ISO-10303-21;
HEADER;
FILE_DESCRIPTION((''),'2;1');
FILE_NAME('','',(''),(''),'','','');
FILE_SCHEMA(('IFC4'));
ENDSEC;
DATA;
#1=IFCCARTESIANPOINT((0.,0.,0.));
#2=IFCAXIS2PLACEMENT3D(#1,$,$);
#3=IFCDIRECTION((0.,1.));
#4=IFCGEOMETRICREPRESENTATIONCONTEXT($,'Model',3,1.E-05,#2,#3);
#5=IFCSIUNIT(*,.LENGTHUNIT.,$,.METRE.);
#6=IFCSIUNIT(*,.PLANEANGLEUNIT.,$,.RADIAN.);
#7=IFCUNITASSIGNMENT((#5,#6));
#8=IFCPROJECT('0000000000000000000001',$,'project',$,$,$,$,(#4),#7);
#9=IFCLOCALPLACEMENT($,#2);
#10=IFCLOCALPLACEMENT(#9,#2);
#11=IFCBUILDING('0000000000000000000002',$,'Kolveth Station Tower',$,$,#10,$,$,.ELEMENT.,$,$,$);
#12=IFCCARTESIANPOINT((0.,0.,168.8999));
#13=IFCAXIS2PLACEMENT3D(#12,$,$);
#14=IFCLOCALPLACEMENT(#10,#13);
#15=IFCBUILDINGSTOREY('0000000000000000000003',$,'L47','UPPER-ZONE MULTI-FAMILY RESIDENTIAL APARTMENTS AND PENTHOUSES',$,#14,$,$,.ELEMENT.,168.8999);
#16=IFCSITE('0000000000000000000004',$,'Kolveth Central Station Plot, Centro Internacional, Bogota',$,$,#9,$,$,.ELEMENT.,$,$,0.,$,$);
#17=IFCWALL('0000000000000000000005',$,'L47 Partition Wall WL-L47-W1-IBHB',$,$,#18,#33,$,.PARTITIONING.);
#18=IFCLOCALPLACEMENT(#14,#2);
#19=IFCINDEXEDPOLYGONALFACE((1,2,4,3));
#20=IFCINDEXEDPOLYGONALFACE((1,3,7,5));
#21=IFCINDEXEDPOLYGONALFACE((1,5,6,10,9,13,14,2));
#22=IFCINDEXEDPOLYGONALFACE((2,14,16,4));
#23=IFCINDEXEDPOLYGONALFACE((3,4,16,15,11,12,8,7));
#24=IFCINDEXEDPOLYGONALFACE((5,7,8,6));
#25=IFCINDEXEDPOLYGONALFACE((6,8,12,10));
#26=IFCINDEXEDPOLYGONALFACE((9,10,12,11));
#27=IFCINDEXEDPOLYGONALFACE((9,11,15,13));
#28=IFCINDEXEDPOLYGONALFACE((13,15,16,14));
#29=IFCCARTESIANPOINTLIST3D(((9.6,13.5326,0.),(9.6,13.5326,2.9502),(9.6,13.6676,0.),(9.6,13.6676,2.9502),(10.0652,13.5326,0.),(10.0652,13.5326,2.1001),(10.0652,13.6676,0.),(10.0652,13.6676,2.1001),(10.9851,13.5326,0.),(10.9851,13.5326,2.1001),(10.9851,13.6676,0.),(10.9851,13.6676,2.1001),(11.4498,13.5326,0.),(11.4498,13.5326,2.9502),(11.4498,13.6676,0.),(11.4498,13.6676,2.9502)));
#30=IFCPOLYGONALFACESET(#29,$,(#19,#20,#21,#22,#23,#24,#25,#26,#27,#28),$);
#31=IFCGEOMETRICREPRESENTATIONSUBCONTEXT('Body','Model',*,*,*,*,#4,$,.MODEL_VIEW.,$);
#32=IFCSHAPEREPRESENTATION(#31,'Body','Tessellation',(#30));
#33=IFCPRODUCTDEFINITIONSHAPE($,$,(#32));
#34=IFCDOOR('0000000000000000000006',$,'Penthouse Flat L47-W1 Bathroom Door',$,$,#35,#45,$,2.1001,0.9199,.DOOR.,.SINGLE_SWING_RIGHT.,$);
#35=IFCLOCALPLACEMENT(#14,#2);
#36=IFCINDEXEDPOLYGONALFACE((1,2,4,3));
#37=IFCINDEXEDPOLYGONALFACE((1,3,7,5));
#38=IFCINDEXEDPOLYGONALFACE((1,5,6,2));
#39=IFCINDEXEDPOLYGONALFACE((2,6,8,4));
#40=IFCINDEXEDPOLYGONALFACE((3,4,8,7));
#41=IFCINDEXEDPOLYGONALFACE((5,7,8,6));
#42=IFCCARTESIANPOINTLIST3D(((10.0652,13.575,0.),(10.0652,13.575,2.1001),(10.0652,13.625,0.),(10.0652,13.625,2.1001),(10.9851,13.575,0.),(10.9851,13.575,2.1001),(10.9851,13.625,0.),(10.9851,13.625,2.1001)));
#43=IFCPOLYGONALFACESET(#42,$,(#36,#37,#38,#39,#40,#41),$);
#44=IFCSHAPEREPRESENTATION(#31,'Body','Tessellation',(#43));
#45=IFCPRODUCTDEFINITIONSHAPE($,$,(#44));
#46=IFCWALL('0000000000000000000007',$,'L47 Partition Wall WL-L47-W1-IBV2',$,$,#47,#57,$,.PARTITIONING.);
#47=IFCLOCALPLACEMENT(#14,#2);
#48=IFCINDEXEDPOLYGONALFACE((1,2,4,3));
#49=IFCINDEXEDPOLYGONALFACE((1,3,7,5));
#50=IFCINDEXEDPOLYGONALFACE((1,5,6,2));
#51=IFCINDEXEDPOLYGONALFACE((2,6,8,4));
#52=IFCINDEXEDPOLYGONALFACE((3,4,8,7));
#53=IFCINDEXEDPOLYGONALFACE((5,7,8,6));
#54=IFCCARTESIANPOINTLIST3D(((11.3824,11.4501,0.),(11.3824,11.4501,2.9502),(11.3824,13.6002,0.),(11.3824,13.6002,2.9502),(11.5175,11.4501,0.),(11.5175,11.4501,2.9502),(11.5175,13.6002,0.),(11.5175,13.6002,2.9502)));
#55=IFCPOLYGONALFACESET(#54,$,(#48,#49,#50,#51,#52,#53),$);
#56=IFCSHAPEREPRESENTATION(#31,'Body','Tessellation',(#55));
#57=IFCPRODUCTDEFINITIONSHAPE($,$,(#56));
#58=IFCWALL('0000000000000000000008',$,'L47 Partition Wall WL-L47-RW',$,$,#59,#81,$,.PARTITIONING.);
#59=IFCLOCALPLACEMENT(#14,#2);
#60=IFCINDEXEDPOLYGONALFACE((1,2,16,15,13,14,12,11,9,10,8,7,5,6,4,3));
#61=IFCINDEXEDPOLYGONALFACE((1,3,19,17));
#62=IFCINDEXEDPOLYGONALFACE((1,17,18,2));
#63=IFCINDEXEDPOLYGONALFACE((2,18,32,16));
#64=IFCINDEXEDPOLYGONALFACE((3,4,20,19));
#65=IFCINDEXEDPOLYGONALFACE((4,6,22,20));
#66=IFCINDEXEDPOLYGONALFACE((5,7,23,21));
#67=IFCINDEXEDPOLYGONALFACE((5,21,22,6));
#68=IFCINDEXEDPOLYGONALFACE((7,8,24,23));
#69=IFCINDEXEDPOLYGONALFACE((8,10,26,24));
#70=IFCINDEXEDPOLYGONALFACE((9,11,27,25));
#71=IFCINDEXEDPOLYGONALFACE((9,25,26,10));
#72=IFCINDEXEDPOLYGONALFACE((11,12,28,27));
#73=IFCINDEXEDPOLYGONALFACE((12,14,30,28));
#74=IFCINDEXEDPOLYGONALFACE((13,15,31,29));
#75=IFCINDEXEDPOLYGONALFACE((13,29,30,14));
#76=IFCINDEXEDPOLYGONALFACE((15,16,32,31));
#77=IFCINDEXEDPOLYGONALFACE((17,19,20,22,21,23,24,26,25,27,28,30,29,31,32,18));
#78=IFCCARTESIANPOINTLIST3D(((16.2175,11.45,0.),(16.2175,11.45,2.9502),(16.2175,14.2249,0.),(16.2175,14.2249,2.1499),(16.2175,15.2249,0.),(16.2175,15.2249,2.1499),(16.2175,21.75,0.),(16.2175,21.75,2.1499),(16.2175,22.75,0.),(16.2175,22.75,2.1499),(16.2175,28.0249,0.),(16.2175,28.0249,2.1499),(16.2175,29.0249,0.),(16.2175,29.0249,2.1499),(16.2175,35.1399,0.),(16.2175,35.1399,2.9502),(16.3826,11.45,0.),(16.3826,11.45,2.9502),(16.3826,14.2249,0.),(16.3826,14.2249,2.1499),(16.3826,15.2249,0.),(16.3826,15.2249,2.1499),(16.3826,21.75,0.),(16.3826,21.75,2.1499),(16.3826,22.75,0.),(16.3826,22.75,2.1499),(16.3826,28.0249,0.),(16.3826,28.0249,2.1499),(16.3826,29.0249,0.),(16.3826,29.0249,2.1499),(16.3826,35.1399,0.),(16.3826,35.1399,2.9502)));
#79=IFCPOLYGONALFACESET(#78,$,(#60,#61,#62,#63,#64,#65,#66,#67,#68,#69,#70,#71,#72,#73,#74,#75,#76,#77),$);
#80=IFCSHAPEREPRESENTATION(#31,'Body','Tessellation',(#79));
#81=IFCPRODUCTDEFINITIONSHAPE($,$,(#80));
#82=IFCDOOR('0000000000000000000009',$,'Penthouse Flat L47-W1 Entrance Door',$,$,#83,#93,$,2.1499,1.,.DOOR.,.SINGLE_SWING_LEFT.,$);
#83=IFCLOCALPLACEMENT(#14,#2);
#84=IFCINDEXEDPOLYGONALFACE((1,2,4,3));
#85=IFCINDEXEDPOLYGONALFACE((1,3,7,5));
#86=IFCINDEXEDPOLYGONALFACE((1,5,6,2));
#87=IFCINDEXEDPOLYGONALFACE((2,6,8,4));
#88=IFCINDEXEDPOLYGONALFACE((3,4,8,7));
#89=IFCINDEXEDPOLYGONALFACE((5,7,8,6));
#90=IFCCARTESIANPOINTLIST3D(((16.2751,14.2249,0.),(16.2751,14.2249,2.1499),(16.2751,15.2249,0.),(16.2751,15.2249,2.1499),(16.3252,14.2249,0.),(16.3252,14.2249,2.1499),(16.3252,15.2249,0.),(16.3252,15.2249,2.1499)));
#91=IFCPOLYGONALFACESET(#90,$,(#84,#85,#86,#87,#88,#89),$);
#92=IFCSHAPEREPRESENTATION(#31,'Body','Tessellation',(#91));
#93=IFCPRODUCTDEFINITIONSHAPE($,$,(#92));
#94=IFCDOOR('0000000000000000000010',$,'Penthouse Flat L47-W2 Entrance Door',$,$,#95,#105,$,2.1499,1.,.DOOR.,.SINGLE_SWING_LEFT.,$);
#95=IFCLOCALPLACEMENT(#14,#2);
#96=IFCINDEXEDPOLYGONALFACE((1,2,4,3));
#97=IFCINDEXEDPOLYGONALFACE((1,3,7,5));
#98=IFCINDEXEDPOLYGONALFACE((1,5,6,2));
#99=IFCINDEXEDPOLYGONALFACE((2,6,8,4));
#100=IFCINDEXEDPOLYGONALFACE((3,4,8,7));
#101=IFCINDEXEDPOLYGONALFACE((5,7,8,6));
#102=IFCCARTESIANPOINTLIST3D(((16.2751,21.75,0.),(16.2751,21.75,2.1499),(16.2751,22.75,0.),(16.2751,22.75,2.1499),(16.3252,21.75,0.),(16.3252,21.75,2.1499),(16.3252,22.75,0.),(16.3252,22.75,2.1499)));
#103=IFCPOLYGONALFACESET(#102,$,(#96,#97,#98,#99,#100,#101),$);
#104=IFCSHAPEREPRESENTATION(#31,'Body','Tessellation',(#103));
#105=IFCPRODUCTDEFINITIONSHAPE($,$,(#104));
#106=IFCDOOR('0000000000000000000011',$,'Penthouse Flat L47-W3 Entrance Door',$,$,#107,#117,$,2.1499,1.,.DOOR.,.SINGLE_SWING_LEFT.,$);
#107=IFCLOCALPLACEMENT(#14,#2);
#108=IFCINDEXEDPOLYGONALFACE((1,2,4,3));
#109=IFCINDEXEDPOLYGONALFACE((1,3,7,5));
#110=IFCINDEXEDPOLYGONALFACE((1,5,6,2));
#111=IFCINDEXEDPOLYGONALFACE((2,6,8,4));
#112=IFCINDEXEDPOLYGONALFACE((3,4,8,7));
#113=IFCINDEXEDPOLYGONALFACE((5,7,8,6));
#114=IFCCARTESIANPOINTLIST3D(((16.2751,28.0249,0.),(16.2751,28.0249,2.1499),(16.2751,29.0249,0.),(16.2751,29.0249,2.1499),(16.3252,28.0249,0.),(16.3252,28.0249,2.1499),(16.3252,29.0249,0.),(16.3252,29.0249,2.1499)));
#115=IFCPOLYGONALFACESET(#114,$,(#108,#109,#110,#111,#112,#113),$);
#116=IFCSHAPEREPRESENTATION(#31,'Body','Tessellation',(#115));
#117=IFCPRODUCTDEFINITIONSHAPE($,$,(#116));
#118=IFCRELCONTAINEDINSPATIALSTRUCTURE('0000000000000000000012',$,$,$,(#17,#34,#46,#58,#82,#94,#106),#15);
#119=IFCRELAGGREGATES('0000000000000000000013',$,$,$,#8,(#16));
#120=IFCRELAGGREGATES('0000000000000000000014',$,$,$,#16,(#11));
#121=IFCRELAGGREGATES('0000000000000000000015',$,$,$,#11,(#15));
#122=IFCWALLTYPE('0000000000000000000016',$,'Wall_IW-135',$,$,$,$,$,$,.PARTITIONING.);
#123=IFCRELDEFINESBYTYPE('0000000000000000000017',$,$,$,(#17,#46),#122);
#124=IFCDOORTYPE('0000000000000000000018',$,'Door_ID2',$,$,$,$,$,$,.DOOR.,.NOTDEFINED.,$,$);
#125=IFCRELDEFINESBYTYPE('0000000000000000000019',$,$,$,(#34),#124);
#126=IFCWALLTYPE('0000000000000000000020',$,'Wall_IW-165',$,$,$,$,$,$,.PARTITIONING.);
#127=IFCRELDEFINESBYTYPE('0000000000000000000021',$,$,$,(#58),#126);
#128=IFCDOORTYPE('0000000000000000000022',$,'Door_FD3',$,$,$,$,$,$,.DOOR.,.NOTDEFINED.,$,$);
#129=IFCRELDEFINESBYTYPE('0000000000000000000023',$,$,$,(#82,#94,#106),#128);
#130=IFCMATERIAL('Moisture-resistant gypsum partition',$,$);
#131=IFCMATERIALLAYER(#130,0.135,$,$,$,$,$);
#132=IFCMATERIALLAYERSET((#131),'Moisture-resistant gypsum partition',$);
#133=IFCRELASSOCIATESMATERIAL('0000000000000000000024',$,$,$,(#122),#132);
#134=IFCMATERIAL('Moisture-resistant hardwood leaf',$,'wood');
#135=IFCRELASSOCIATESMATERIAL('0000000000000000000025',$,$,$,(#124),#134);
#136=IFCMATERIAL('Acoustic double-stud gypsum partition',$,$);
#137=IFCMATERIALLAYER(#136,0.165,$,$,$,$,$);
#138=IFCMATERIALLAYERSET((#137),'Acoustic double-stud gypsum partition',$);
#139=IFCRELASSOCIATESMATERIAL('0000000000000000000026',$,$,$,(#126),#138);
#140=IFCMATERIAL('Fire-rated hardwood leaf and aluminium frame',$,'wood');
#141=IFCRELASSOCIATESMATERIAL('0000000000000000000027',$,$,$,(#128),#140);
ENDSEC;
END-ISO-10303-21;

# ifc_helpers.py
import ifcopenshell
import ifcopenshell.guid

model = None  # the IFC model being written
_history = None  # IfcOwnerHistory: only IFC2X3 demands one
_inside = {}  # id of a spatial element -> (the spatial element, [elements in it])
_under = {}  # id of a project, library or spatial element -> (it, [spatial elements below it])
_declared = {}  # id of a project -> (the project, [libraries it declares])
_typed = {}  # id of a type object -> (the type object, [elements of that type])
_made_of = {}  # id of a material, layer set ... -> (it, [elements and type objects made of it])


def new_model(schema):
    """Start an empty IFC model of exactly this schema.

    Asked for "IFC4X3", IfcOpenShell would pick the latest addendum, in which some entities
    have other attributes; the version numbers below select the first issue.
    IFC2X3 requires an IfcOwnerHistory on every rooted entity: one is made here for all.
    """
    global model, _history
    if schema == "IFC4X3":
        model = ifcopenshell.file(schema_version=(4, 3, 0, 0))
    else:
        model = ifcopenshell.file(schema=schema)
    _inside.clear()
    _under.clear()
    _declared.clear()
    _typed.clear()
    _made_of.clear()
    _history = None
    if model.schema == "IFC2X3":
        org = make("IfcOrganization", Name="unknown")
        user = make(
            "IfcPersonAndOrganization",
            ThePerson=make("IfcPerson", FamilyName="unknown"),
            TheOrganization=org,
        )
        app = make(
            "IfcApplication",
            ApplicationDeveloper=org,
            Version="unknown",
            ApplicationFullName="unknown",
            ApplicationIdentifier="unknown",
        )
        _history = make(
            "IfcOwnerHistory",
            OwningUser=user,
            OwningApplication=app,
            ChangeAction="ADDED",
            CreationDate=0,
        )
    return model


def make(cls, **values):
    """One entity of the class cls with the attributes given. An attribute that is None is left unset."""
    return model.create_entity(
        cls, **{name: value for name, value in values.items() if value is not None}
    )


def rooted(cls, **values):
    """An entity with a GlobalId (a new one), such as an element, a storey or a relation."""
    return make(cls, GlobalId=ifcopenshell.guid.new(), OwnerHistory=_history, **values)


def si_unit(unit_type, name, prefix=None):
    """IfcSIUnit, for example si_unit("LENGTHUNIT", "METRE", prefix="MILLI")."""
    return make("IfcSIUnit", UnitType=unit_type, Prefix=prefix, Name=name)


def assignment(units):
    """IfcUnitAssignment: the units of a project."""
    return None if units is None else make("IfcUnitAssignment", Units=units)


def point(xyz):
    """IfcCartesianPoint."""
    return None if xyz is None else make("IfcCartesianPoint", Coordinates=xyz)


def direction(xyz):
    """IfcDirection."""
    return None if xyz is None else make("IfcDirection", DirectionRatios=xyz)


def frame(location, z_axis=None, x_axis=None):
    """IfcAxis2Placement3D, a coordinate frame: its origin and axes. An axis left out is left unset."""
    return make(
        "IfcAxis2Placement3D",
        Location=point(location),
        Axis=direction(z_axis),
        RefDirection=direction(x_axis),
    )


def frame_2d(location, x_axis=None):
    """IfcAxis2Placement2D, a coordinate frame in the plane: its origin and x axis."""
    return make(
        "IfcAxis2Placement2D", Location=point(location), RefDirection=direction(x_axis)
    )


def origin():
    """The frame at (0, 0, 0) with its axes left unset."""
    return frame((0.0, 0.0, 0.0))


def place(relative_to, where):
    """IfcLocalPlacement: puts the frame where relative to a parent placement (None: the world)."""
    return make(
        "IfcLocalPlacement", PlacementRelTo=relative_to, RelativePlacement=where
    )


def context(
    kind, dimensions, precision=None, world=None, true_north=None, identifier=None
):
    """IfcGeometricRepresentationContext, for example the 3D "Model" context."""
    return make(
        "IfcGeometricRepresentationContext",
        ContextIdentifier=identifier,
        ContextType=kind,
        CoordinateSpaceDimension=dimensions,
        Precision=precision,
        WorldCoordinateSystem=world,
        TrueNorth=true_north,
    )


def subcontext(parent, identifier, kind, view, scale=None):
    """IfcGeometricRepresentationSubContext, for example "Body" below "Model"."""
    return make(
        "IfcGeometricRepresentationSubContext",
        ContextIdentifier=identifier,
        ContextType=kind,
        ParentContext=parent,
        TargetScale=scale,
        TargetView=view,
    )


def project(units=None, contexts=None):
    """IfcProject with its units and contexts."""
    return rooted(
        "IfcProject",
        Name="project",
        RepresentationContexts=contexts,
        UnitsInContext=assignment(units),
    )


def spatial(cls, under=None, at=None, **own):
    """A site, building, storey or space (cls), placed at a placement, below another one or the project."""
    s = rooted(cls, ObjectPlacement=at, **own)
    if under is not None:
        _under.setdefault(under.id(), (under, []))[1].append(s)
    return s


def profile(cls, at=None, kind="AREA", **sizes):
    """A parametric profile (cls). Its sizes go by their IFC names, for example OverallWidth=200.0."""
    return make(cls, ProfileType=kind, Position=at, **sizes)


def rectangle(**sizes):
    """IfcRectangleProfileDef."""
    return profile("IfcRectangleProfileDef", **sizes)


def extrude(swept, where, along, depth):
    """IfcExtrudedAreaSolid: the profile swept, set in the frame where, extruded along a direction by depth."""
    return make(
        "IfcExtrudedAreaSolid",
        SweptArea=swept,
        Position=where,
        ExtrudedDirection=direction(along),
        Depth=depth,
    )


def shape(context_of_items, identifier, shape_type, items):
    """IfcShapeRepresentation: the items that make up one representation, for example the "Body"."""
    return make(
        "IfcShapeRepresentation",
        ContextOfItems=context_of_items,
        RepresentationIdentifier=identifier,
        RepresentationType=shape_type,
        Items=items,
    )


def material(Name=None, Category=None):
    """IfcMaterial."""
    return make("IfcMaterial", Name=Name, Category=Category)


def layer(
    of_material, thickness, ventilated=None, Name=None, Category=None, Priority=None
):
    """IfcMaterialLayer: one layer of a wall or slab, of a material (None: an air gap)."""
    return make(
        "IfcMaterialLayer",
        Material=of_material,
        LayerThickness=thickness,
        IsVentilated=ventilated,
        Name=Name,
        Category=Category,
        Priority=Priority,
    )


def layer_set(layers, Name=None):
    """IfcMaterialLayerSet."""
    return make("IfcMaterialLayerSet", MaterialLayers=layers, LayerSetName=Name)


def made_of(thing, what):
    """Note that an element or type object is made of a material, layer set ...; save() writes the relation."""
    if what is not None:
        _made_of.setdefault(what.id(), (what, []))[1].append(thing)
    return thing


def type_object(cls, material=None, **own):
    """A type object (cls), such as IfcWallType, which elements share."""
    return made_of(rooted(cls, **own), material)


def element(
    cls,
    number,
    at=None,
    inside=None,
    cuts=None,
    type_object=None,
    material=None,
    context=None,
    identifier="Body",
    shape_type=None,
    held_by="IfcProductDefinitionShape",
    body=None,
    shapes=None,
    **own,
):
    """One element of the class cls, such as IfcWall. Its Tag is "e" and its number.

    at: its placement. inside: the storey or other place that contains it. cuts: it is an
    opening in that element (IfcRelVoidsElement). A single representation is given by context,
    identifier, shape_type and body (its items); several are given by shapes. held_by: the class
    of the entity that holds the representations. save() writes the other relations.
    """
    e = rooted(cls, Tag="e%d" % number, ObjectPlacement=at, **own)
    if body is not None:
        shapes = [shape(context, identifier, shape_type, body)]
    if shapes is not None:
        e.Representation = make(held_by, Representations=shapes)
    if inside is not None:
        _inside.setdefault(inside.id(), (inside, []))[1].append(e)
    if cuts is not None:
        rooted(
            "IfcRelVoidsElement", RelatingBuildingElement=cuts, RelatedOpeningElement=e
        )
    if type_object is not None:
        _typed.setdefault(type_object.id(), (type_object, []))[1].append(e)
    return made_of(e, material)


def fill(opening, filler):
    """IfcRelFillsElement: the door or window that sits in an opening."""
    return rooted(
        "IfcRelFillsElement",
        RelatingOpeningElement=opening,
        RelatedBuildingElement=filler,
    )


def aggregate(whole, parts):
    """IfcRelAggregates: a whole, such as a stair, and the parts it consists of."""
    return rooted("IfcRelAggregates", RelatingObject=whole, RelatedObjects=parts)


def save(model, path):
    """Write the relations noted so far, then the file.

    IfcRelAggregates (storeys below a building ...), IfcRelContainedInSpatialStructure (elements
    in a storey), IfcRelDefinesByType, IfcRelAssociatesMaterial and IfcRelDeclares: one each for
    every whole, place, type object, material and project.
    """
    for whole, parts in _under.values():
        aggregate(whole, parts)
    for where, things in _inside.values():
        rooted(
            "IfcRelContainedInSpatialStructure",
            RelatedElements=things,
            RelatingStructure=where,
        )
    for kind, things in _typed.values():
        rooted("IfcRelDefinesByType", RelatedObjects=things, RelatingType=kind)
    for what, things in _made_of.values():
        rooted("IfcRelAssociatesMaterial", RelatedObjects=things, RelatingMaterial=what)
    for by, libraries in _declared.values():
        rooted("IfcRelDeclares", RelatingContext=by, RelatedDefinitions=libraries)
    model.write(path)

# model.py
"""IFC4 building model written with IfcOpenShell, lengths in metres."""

from ifc_helpers import new_model, si_unit, direction, frame, frame_2d, origin, place, context, subcontext, project, spatial, rectangle, extrude, material, layer, layer_set, type_object, element, fill, save


model = new_model("IFC4")

# Units and contexts
model_context = context("Model", 3, precision=1e-05, world=origin(), true_north=direction((0.0, 1.0)))
body_context = subcontext(model_context, "Body", "Model", "MODEL_VIEW")
ifc_project = project(units=[si_unit("LENGTHUNIT", "METRE"), si_unit("PLANEANGLEUNIT", "RADIAN")], contexts=[model_context])

# Site, building, storey
site_placement = place(None, origin())
site = spatial("IfcSite", under=ifc_project, at=site_placement, Name="Kolveth Central Station Plot, Centro Internacional, Bogota", CompositionType="ELEMENT", RefElevation=0.0)
building_placement = place(site_placement, origin())
building = spatial("IfcBuilding", under=site, at=building_placement, Name="Kolveth Station Tower", CompositionType="ELEMENT")
storey_placement = place(building_placement, frame((0.0, 0.0, 168.8999)))
storey = spatial("IfcBuildingStorey", under=building, at=storey_placement, Name="L47", Description="UPPER-ZONE MULTI-FAMILY RESIDENTIAL APARTMENTS AND PENTHOUSES", CompositionType="ELEMENT", Elevation=168.8999)

# Wall, opening, door
ifc_material_1 = material(Name="Moisture-resistant gypsum partition")
ifc_layer_1 = layer(ifc_material_1, 0.135)
ifc_layer_set_1 = layer_set([ifc_layer_1], Name="Moisture-resistant gypsum partition")
wall_type_1 = type_object("IfcWallType", Name="Wall_IW-135", PredefinedType="PARTITIONING", material=ifc_layer_set_1)
wall_1_placement = place(storey_placement, frame((9.6001, 13.6001, 0.0), z_axis=(0.0, 0.0, 1.0), x_axis=(1.0, 0.0, 0.0)))
wall_1 = element("IfcWall", 1, at=wall_1_placement, inside=storey, type_object=wall_type_1, Name="L47 Partition Wall WL-L47-W1-IBHB", PredefinedType="PARTITIONING", context=body_context, shape_type="SweptSolid", body=[
    extrude(rectangle(XDim=1.8499, YDim=0.135, at=frame_2d((0.9248, 0.0))), origin(), (0.0, 0.0, 1.0), 2.9502),
])
opening_1_placement = place(wall_1_placement, frame((0.4651, 0.0, 0.0)))
opening_1 = element("IfcOpeningElement", 2, at=opening_1_placement, cuts=wall_1, PredefinedType="OPENING", context=body_context, shape_type="SweptSolid", body=[
    extrude(rectangle(XDim=0.9199, YDim=2.1001, at=frame_2d((0.46, 1.05))), frame((0.0, 0.0774, 0.0), z_axis=(0.0, -1.0, 0.0), x_axis=(1.0, 0.0, 0.0)), (0.0, 0.0, 1.0), 0.155),
])
ifc_material_2 = material(Name="Moisture-resistant hardwood leaf", Category="wood")
door_type_1 = type_object("IfcDoorType", Name="Door_ID2", OperationType="NOTDEFINED", PredefinedType="DOOR", material=ifc_material_2)
door_1_placement = place(opening_1_placement, origin())
door_1 = element("IfcDoor", 3, at=door_1_placement, inside=storey, type_object=door_type_1, Name="Penthouse Flat L47-W1 Bathroom Door", OperationType="SINGLE_SWING_RIGHT", OverallHeight=2.1001, OverallWidth=0.9199, PredefinedType="DOOR", context=body_context, shape_type="SweptSolid", body=[
    extrude(rectangle(XDim=0.9199, YDim=2.1001, at=frame_2d((0.46, 1.05))), frame((0.0, 0.0249, 0.0), z_axis=(0.0, -1.0, 0.0), x_axis=(1.0, 0.0, 0.0)), (0.0, 0.0, 1.0), 0.05),
])
fill(opening_1, door_1)

# Wall
wall_2_placement = place(storey_placement, frame((11.45, 11.45, 0.0), z_axis=(0.0, 0.0, 1.0), x_axis=(0.0, 1.0, 0.0)))
element("IfcWall", 4, at=wall_2_placement, inside=storey, type_object=wall_type_1, Name="L47 Partition Wall WL-L47-W1-IBV2", PredefinedType="PARTITIONING", context=body_context, shape_type="SweptSolid", body=[
    extrude(rectangle(XDim=2.1501, YDim=0.135, at=frame_2d((1.0752, 0.0))), origin(), (0.0, 0.0, 1.0), 2.9502),
])

# Wall, openings, doors
ifc_material_3 = material(Name="Acoustic double-stud gypsum partition")
ifc_layer_2 = layer(ifc_material_3, 0.165)
ifc_layer_set_2 = layer_set([ifc_layer_2], Name="Acoustic double-stud gypsum partition")
wall_type_2 = type_object("IfcWallType", Name="Wall_IW-165", PredefinedType="PARTITIONING", material=ifc_layer_set_2)
wall_3_placement = place(storey_placement, frame((16.3, 11.45, 0.0), z_axis=(0.0, 0.0, 1.0), x_axis=(0.0, 1.0, 0.0)))
wall_3 = element("IfcWall", 5, at=wall_3_placement, inside=storey, type_object=wall_type_2, Name="L47 Partition Wall WL-L47-RW", PredefinedType="PARTITIONING", context=body_context, shape_type="SweptSolid", body=[
    extrude(rectangle(XDim=23.6899, YDim=0.165, at=frame_2d((11.845, 0.0))), origin(), (0.0, 0.0, 1.0), 2.9502),
])
opening_2_placement = place(wall_3_placement, frame((2.7749, 0.0, 0.0)))
opening_2 = element("IfcOpeningElement", 6, at=opening_2_placement, cuts=wall_3, PredefinedType="OPENING", context=body_context, shape_type="SweptSolid", body=[
    extrude(rectangle(XDim=1.0, YDim=2.1499, at=frame_2d((0.5, 1.075))), frame((0.0, 0.0925, 0.0), z_axis=(0.0, -1.0, 0.0), x_axis=(1.0, 0.0, 0.0)), (0.0, 0.0, 1.0), 0.1851),
])
opening_3_placement = place(wall_3_placement, frame((10.3, 0.0, 0.0)))
opening_3 = element("IfcOpeningElement", 7, at=opening_3_placement, cuts=wall_3, PredefinedType="OPENING", context=body_context, shape_type="SweptSolid", body=[
    extrude(rectangle(XDim=1.0, YDim=2.1499, at=frame_2d((0.5, 1.075))), frame((0.0, 0.0925, 0.0), z_axis=(0.0, -1.0, 0.0), x_axis=(1.0, 0.0, 0.0)), (0.0, 0.0, 1.0), 0.1851),
])
opening_4_placement = place(wall_3_placement, frame((16.575, 0.0, 0.0)))
opening_4 = element("IfcOpeningElement", 8, at=opening_4_placement, cuts=wall_3, PredefinedType="OPENING", context=body_context, shape_type="SweptSolid", body=[
    extrude(rectangle(XDim=1.0, YDim=2.1499, at=frame_2d((0.5, 1.075))), frame((0.0, 0.0925, 0.0), z_axis=(0.0, -1.0, 0.0), x_axis=(1.0, 0.0, 0.0)), (0.0, 0.0, 1.0), 0.1851),
])
ifc_material_4 = material(Name="Fire-rated hardwood leaf and aluminium frame", Category="wood")
door_type_2 = type_object("IfcDoorType", Name="Door_FD3", OperationType="NOTDEFINED", PredefinedType="DOOR", material=ifc_material_4)
door_2_placement = place(opening_2_placement, origin())
door_2 = element("IfcDoor", 9, at=door_2_placement, inside=storey, type_object=door_type_2, Name="Penthouse Flat L47-W1 Entrance Door", OperationType="SINGLE_SWING_LEFT", OverallHeight=2.1499, OverallWidth=1.0, PredefinedType="DOOR", context=body_context, shape_type="SweptSolid", body=[
    extrude(rectangle(XDim=1.0, YDim=2.1499, at=frame_2d((0.5, 1.075))), frame((0.0, 0.0249, 0.0), z_axis=(0.0, -1.0, 0.0), x_axis=(1.0, 0.0, 0.0)), (0.0, 0.0, 1.0), 0.05),
])
fill(opening_2, door_2)
door_3_placement = place(opening_3_placement, origin())
door_3 = element("IfcDoor", 10, at=door_3_placement, inside=storey, type_object=door_type_2, Name="Penthouse Flat L47-W2 Entrance Door", OperationType="SINGLE_SWING_LEFT", OverallHeight=2.1499, OverallWidth=1.0, PredefinedType="DOOR", context=body_context, shape_type="SweptSolid", body=[
    extrude(rectangle(XDim=1.0, YDim=2.1499, at=frame_2d((0.5, 1.075))), frame((0.0, 0.0249, 0.0), z_axis=(0.0, -1.0, 0.0), x_axis=(1.0, 0.0, 0.0)), (0.0, 0.0, 1.0), 0.05),
])
fill(opening_3, door_3)
door_4_placement = place(opening_4_placement, origin())
door_4 = element("IfcDoor", 11, at=door_4_placement, inside=storey, type_object=door_type_2, Name="Penthouse Flat L47-W3 Entrance Door", OperationType="SINGLE_SWING_LEFT", OverallHeight=2.1499, OverallWidth=1.0, PredefinedType="DOOR", context=body_context, shape_type="SweptSolid", body=[
    extrude(rectangle(XDim=1.0, YDim=2.1499, at=frame_2d((0.5, 1.075))), frame((0.0, 0.0249, 0.0), z_axis=(0.0, -1.0, 0.0), x_axis=(1.0, 0.0, 0.0)), (0.0, 0.0, 1.0), 0.05),
])
fill(opening_4, door_4)

save(model, "model.ifc")
